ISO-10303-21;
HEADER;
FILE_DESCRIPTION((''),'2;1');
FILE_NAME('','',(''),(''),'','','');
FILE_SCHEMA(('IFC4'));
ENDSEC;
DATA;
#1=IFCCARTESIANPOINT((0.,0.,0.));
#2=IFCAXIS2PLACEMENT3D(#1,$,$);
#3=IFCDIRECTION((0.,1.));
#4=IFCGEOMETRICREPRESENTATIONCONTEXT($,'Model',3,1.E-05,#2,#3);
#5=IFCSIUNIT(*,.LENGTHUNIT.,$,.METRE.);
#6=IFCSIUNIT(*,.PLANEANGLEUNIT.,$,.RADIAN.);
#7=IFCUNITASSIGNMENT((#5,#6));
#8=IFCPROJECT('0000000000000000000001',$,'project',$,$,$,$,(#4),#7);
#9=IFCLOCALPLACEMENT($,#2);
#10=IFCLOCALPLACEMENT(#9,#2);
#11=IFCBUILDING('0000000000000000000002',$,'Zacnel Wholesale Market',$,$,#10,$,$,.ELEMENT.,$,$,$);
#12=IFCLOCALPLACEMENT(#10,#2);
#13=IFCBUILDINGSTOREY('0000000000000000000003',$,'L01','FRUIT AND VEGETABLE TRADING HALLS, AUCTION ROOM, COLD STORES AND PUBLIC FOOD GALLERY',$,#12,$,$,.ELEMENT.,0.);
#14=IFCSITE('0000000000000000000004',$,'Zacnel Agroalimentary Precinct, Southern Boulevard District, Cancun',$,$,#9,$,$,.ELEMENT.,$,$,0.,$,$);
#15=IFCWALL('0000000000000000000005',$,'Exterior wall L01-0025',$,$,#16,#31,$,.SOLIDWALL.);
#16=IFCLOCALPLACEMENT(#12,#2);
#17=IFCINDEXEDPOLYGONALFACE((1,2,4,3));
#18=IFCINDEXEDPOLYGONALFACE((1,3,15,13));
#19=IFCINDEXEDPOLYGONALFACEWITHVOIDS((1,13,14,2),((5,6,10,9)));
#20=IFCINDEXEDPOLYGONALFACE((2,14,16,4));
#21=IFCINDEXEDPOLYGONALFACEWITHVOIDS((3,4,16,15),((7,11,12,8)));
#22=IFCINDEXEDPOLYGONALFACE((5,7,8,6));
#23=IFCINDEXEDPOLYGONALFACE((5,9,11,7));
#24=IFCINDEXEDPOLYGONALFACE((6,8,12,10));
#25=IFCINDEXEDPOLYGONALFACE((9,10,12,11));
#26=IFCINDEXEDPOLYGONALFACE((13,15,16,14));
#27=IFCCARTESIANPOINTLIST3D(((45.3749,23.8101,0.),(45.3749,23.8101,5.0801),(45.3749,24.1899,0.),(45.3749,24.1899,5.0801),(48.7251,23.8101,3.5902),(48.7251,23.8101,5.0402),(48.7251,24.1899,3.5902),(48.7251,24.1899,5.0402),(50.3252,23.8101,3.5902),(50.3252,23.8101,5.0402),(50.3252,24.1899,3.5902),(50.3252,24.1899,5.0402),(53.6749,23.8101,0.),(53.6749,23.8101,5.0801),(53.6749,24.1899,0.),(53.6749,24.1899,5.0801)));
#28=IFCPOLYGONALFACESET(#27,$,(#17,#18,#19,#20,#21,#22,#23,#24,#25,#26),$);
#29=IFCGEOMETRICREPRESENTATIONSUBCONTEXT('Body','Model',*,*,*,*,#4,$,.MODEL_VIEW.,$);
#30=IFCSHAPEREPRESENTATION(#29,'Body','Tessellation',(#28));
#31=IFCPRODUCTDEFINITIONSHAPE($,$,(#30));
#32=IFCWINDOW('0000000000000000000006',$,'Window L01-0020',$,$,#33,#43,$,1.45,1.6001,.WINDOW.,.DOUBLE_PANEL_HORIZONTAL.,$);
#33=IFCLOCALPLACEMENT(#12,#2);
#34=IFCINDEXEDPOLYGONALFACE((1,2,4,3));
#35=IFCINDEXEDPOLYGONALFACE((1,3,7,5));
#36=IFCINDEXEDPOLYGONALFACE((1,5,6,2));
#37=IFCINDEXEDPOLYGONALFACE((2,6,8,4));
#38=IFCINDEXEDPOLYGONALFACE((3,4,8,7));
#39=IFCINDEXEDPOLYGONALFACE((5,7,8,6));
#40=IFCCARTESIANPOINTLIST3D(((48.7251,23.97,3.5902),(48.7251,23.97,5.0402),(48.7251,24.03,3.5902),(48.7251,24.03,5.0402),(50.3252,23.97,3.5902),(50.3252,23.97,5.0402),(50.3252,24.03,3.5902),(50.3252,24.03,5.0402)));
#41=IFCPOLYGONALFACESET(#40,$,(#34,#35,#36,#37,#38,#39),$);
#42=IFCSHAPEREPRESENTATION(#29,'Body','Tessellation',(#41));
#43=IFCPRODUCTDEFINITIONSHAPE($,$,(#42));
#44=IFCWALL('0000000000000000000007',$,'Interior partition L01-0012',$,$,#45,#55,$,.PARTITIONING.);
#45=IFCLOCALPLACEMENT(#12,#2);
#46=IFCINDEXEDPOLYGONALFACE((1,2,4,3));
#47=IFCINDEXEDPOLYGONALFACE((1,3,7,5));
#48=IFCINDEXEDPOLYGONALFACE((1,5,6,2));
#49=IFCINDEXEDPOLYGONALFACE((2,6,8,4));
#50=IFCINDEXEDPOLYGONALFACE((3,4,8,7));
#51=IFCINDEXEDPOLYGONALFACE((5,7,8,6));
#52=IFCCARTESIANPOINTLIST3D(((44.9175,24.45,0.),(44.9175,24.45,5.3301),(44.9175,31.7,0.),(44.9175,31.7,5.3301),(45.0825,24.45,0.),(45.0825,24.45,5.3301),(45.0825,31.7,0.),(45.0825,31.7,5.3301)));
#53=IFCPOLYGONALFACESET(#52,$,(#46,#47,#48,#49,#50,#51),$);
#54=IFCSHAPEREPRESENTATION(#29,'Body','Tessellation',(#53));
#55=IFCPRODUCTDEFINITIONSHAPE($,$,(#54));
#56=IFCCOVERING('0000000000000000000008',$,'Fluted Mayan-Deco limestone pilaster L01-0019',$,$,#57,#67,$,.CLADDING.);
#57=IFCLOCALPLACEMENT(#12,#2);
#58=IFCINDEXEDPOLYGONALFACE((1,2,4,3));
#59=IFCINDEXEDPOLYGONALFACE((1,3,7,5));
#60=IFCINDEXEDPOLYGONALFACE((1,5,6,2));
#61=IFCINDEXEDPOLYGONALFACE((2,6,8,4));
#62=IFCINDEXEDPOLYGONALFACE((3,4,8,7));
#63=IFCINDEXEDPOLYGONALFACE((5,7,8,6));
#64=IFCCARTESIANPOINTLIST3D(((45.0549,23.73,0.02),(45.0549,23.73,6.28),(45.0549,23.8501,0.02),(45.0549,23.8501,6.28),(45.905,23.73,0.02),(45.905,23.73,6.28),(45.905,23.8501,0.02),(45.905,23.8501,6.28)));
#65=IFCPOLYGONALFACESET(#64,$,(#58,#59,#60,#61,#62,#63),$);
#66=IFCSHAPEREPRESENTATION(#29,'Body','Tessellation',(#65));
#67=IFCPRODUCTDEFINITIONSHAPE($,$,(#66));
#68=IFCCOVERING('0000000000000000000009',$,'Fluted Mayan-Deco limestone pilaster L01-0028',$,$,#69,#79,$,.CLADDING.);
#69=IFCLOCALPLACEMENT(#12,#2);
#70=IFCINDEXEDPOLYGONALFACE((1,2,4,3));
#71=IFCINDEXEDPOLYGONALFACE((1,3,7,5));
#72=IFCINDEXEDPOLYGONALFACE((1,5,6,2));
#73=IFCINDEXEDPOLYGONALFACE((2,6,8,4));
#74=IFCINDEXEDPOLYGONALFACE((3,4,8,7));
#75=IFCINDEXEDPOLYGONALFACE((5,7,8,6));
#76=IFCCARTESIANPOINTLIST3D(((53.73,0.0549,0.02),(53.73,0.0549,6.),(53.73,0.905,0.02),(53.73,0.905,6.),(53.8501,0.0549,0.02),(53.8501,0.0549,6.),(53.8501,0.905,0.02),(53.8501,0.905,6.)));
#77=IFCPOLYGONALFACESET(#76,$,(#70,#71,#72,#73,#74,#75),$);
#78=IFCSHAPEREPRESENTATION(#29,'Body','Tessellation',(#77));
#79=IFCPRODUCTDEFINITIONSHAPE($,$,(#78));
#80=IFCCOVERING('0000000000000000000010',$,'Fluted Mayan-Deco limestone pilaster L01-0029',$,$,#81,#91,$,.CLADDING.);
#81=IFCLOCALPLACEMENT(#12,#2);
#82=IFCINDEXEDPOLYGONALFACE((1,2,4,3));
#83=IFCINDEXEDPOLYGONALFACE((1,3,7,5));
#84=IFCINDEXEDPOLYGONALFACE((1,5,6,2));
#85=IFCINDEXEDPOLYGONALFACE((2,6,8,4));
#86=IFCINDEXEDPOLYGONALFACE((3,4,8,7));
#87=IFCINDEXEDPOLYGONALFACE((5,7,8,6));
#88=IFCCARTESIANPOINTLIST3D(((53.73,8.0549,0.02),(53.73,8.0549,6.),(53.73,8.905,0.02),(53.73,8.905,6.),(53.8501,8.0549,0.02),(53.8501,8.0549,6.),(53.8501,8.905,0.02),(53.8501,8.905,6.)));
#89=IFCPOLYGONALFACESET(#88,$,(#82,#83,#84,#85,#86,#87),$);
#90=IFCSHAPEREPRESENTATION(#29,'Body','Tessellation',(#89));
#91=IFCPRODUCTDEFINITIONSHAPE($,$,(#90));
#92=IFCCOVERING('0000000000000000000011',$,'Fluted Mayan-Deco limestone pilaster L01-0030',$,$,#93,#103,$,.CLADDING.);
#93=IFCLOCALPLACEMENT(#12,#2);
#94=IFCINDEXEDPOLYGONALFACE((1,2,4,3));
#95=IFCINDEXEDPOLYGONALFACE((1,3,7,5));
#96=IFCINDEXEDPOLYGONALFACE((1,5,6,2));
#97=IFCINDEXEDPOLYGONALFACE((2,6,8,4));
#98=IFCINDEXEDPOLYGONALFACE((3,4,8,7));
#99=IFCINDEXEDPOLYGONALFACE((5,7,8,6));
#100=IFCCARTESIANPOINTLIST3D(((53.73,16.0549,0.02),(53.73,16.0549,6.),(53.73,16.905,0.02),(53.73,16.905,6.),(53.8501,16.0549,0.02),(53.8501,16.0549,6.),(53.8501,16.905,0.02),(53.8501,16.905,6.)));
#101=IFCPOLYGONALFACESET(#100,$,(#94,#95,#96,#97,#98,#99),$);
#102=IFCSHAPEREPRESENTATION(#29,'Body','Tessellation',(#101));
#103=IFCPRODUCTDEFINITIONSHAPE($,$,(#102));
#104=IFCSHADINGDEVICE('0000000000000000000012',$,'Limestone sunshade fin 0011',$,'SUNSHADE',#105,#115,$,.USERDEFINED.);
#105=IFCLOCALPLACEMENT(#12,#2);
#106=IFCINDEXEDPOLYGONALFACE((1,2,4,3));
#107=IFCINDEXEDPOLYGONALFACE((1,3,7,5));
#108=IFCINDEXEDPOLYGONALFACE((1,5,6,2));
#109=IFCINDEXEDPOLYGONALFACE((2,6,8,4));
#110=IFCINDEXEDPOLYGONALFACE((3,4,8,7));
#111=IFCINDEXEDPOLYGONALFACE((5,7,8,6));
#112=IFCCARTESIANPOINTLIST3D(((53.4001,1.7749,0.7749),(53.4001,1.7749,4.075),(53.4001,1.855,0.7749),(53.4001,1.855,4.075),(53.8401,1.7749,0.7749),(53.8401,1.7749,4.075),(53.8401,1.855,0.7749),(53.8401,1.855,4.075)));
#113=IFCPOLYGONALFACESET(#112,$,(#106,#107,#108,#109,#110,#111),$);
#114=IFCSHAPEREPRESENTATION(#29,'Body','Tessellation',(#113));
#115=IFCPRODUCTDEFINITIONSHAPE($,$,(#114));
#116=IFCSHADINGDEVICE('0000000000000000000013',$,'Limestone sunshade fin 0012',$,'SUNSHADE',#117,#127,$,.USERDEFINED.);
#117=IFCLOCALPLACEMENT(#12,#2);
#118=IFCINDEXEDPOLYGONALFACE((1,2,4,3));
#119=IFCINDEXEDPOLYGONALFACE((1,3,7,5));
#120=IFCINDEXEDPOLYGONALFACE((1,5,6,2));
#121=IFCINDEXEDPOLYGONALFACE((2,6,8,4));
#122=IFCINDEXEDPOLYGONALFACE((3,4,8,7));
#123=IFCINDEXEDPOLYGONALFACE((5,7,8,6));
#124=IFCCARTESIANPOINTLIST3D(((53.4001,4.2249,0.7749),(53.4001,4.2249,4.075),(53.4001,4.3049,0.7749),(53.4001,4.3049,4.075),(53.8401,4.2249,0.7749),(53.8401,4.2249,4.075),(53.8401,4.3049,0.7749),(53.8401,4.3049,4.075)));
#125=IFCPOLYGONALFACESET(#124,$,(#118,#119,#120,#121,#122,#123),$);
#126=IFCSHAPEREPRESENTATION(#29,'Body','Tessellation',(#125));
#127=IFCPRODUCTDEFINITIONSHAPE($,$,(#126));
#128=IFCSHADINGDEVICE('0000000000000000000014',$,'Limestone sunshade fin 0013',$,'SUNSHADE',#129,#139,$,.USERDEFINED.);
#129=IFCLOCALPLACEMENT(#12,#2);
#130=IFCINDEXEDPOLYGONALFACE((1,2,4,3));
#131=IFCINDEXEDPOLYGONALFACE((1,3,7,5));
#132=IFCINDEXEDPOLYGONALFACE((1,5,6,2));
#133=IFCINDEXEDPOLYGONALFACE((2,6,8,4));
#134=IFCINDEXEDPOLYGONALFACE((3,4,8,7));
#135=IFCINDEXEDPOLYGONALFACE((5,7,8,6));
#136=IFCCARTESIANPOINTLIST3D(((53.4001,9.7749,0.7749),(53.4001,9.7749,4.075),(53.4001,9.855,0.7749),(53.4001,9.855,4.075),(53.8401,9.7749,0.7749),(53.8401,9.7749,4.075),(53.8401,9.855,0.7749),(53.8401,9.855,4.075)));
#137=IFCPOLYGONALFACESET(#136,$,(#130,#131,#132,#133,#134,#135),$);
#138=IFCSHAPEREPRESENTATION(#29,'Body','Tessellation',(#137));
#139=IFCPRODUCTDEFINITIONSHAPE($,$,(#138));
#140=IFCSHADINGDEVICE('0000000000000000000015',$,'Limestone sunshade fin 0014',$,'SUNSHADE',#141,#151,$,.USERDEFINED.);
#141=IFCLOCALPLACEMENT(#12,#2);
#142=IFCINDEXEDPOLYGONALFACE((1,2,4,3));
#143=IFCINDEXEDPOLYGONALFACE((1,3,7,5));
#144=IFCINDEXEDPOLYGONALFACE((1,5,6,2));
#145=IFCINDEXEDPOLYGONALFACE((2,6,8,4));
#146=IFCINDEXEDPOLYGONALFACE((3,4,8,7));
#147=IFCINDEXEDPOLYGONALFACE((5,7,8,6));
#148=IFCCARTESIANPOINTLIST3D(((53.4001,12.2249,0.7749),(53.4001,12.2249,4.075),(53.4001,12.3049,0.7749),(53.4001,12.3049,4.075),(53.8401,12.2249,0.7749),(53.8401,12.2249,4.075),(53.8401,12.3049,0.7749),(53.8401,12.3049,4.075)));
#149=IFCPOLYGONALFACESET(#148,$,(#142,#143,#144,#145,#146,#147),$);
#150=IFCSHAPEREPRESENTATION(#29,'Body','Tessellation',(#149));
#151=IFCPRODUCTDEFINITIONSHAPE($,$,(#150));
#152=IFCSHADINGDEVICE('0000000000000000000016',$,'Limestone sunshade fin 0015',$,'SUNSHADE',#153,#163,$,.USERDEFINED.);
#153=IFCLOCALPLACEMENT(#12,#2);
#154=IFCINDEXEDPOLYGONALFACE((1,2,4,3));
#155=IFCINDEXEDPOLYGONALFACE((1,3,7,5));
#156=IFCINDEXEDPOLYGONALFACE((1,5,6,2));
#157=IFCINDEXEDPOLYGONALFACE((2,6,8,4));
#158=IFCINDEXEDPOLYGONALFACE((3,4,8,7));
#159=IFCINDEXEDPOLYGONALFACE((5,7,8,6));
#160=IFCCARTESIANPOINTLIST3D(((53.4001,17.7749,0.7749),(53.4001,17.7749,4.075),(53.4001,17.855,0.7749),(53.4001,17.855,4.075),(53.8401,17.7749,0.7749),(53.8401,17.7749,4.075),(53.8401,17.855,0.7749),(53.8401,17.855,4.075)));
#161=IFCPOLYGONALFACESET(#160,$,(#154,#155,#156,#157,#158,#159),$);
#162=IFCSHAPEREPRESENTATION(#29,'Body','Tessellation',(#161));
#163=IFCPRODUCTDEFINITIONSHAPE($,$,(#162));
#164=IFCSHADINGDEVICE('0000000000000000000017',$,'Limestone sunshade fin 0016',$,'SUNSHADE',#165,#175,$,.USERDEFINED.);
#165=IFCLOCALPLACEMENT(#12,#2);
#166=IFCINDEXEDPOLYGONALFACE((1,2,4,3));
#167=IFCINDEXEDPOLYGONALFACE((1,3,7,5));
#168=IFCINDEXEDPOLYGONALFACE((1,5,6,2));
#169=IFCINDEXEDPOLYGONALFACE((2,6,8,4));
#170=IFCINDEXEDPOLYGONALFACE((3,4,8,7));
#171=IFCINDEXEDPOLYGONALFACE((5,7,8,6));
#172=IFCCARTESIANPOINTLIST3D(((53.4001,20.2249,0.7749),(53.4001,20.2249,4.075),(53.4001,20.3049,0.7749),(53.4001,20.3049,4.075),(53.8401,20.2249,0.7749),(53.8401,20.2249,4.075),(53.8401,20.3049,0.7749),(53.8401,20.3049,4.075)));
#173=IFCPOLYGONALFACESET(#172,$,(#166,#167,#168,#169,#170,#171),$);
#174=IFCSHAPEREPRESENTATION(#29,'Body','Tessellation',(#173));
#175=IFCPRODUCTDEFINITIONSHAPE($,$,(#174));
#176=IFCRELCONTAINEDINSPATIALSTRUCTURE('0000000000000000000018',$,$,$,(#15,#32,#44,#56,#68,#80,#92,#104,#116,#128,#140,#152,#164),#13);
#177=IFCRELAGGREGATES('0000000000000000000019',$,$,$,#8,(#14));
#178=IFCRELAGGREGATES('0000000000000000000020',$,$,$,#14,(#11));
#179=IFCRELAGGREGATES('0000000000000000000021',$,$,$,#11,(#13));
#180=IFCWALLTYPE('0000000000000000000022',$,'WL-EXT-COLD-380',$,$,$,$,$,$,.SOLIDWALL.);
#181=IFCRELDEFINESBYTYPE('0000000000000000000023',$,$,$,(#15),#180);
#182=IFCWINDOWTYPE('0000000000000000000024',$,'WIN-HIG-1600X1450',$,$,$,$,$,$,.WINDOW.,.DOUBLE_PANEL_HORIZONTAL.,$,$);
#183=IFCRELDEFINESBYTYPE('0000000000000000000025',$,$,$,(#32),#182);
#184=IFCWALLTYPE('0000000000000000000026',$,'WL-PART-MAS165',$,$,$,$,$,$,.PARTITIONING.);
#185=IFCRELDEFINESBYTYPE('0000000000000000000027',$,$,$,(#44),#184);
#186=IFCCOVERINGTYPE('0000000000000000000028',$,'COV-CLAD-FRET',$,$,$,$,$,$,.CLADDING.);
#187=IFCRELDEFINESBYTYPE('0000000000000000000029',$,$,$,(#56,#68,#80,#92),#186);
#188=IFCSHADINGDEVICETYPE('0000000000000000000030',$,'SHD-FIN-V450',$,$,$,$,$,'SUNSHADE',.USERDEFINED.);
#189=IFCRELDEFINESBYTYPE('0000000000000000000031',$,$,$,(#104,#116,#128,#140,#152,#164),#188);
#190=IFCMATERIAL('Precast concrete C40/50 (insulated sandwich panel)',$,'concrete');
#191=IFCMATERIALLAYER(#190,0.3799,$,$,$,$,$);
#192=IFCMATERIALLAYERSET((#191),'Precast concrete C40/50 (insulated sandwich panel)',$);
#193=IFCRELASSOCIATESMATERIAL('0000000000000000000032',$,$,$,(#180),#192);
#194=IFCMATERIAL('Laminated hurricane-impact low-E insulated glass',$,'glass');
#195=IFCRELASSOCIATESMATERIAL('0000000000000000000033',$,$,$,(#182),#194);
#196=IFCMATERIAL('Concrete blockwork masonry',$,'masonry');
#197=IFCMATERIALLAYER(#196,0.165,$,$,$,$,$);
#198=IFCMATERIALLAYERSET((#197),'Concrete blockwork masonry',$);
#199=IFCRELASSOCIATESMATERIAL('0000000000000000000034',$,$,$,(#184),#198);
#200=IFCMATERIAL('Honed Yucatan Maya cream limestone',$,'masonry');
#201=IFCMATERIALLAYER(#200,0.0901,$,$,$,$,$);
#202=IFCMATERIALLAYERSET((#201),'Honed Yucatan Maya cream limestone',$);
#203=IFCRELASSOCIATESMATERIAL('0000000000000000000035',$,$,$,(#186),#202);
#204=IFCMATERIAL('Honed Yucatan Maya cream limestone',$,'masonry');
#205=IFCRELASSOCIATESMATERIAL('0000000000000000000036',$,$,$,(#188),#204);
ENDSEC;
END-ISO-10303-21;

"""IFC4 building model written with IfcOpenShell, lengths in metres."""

from ifc_helpers import new_model, si_unit, direction, frame, frame_2d, origin, origin_2d, place, context, subcontext, project, spatial, rectangle, extrude, material, layer, layer_set, type_object, element, fill, save


model = new_model("IFC4")

# Units and contexts
model_context = context("Model", 3, precision=1e-05, world=origin(), true_north=direction((0.0, 1.0)))
body_context = subcontext(model_context, "Body", "Model", "MODEL_VIEW")
ifc_project = project(units=[si_unit("LENGTHUNIT", "METRE"), si_unit("PLANEANGLEUNIT", "RADIAN")], contexts=[model_context])

# Site, building, storey
site_placement = place(None, origin())
site = spatial("IfcSite", under=ifc_project, at=site_placement, Name="Zacnel Agroalimentary Precinct, Southern Boulevard District, Cancun", CompositionType="ELEMENT", RefElevation=0.0)
building_placement = place(site_placement, origin())
building = spatial("IfcBuilding", under=site, at=building_placement, Name="Zacnel Wholesale Market", CompositionType="ELEMENT")
storey_placement = place(building_placement, origin())
storey = spatial("IfcBuildingStorey", under=building, at=storey_placement, Name="L01", Description="FRUIT AND VEGETABLE TRADING HALLS, AUCTION ROOM, COLD STORES AND PUBLIC FOOD GALLERY", CompositionType="ELEMENT", Elevation=0.0)

# Wall, opening, window
ifc_material_1 = material(Name="Precast concrete C40/50 (insulated sandwich panel)", Category="concrete")
ifc_layer_1 = layer(ifc_material_1, 0.3799)
ifc_layer_set_1 = layer_set([ifc_layer_1], Name="Precast concrete C40/50 (insulated sandwich panel)")
wall_type_1 = type_object("IfcWallType", Name="WL-EXT-COLD-380", PredefinedType="SOLIDWALL", material=ifc_layer_set_1)
wall_1_placement = place(storey_placement, frame((45.375, 24.0, 0.0), z_axis=(0.0, 0.0, 1.0), x_axis=(1.0, 0.0, 0.0)))
wall_1 = element("IfcWall", 1, at=wall_1_placement, inside=storey, type_object=wall_type_1, Name="Exterior wall L01-0025", PredefinedType="SOLIDWALL", context=body_context, shape_type="SweptSolid", body=[
    extrude(rectangle(XDim=8.3, YDim=0.3799, at=frame_2d((4.1499, 0.0))), origin(), (0.0, 0.0, 1.0), 5.0801),
])
opening_placement = place(wall_1_placement, frame((3.3501, 0.0, 3.5901)))
opening = element("IfcOpeningElement", 2, at=opening_placement, cuts=wall_1, PredefinedType="OPENING", context=body_context, shape_type="SweptSolid", body=[
    extrude(rectangle(XDim=1.6001, YDim=1.45, at=frame_2d((0.8, 0.7251))), frame((0.0, 0.2, 0.0), z_axis=(0.0, -1.0, 0.0), x_axis=(1.0, 0.0, 0.0)), (0.0, 0.0, 1.0), 0.3999),
])
ifc_material_2 = material(Name="Laminated hurricane-impact low-E insulated glass", Category="glass")
window_type = type_object("IfcWindowType", Name="WIN-HIG-1600X1450", PartitioningType="DOUBLE_PANEL_HORIZONTAL", PredefinedType="WINDOW", material=ifc_material_2)
window_placement = place(opening_placement, origin())
window = element("IfcWindow", 3, at=window_placement, inside=storey, type_object=window_type, Name="Window L01-0020", OverallHeight=1.45, OverallWidth=1.6001, PartitioningType="DOUBLE_PANEL_HORIZONTAL", PredefinedType="WINDOW", context=body_context, shape_type="SweptSolid", body=[
    extrude(rectangle(XDim=1.6001, YDim=1.45, at=frame_2d((0.8, 0.7251))), frame((0.0, 0.03, 0.0), z_axis=(0.0, -1.0, 0.0), x_axis=(1.0, 0.0, 0.0)), (0.0, 0.0, 1.0), 0.0601),
])
fill(opening, window)

# Wall
ifc_material_3 = material(Name="Concrete blockwork masonry", Category="masonry")
ifc_layer_2 = layer(ifc_material_3, 0.165)
ifc_layer_set_2 = layer_set([ifc_layer_2], Name="Concrete blockwork masonry")
wall_type_2 = type_object("IfcWallType", Name="WL-PART-MAS165", PredefinedType="PARTITIONING", material=ifc_layer_set_2)
wall_2_placement = place(storey_placement, frame((45.0, 24.45, 0.0), z_axis=(0.0, 0.0, 1.0), x_axis=(0.0, 1.0, 0.0)))
element("IfcWall", 4, at=wall_2_placement, inside=storey, type_object=wall_type_2, Name="Interior partition L01-0012", PredefinedType="PARTITIONING", context=body_context, shape_type="SweptSolid", body=[
    extrude(rectangle(XDim=7.25, YDim=0.165, at=frame_2d((3.625, 0.0))), origin(), (0.0, 0.0, 1.0), 5.3301),
])

# Coverings
ifc_material_4 = material(Name="Honed Yucatan Maya cream limestone", Category="masonry")
ifc_layer_3 = layer(ifc_material_4, 0.0901)
ifc_layer_set_3 = layer_set([ifc_layer_3], Name="Honed Yucatan Maya cream limestone")
covering_type = type_object("IfcCoveringType", Name="COV-CLAD-FRET", PredefinedType="CLADDING", material=ifc_layer_set_3)
covering_placement = place(storey_placement, frame((45.48, 23.79, 0.02), z_axis=(0.0, 0.0, 1.0), x_axis=(1.0, 0.0, 0.0)))
element("IfcCovering", 5, at=covering_placement, inside=storey, type_object=covering_type, Name="Fluted Mayan-Deco limestone pilaster L01-0019", PredefinedType="CLADDING", context=body_context, shape_type="SweptSolid", body=[
    extrude(rectangle(XDim=0.8501, YDim=0.1201, at=origin_2d()), origin(), (0.0, 0.0, 1.0), 6.26),
])
for number, where, z_axis, x_axis, name in (
    (6, (53.79, 0.48, 0.02), (0.0, 0.0, 1.0), (0.0, 1.0, 0.0), "Fluted Mayan-Deco limestone pilaster L01-0028"),
    (7, (53.79, 8.48, 0.02), (0.0, 0.0, 1.0), (0.0, 1.0, 0.0), "Fluted Mayan-Deco limestone pilaster L01-0029"),
    (8, (53.79, 16.48, 0.02), (0.0, 0.0, 1.0), (0.0, 1.0, 0.0), "Fluted Mayan-Deco limestone pilaster L01-0030"),
):
    element("IfcCovering", number, at=place(storey_placement, frame(where, z_axis=z_axis, x_axis=x_axis)), inside=storey, type_object=covering_type, Name=name, PredefinedType="CLADDING", context=body_context, shape_type="SweptSolid", body=[
        extrude(rectangle(XDim=0.8501, YDim=0.1201, at=origin_2d()), origin(), (0.0, 0.0, 1.0), 5.98),
    ])

# Shading devices
ifc_material_5 = material(Name="Honed Yucatan Maya cream limestone", Category="masonry")
shading_device_type = type_object("IfcShadingDeviceType", Name="SHD-FIN-V450", ElementType="SUNSHADE", PredefinedType="USERDEFINED", material=ifc_material_5)
for number, where, z_axis, x_axis, name in (
    (9, (53.6201, 1.8149, 0.7749), (0.0, 0.0, 1.0), (0.0, 1.0, 0.0), "Limestone sunshade fin 0011"),
    (10, (53.6201, 4.2649, 0.7749), (0.0, 0.0, 1.0), (0.0, 1.0, 0.0), "Limestone sunshade fin 0012"),
    (11, (53.6201, 9.8149, 0.7749), (0.0, 0.0, 1.0), (0.0, 1.0, 0.0), "Limestone sunshade fin 0013"),
    (12, (53.6201, 12.2649, 0.7749), (0.0, 0.0, 1.0), (0.0, 1.0, 0.0), "Limestone sunshade fin 0014"),
    (13, (53.6201, 17.8149, 0.7749), (0.0, 0.0, 1.0), (0.0, 1.0, 0.0), "Limestone sunshade fin 0015"),
    (14, (53.6201, 20.2649, 0.7749), (0.0, 0.0, 1.0), (0.0, 1.0, 0.0), "Limestone sunshade fin 0016"),
):
    element("IfcShadingDevice", number, at=place(storey_placement, frame(where, z_axis=z_axis, x_axis=x_axis)), inside=storey, type_object=shading_device_type, Name=name, ObjectType="SUNSHADE", PredefinedType="USERDEFINED", context=body_context, shape_type="SweptSolid", body=[
        extrude(rectangle(XDim=0.0801, YDim=0.4399, at=origin_2d()), origin(), (0.0, 0.0, 1.0), 3.3),
    ])

save(model, "model.ifc")
